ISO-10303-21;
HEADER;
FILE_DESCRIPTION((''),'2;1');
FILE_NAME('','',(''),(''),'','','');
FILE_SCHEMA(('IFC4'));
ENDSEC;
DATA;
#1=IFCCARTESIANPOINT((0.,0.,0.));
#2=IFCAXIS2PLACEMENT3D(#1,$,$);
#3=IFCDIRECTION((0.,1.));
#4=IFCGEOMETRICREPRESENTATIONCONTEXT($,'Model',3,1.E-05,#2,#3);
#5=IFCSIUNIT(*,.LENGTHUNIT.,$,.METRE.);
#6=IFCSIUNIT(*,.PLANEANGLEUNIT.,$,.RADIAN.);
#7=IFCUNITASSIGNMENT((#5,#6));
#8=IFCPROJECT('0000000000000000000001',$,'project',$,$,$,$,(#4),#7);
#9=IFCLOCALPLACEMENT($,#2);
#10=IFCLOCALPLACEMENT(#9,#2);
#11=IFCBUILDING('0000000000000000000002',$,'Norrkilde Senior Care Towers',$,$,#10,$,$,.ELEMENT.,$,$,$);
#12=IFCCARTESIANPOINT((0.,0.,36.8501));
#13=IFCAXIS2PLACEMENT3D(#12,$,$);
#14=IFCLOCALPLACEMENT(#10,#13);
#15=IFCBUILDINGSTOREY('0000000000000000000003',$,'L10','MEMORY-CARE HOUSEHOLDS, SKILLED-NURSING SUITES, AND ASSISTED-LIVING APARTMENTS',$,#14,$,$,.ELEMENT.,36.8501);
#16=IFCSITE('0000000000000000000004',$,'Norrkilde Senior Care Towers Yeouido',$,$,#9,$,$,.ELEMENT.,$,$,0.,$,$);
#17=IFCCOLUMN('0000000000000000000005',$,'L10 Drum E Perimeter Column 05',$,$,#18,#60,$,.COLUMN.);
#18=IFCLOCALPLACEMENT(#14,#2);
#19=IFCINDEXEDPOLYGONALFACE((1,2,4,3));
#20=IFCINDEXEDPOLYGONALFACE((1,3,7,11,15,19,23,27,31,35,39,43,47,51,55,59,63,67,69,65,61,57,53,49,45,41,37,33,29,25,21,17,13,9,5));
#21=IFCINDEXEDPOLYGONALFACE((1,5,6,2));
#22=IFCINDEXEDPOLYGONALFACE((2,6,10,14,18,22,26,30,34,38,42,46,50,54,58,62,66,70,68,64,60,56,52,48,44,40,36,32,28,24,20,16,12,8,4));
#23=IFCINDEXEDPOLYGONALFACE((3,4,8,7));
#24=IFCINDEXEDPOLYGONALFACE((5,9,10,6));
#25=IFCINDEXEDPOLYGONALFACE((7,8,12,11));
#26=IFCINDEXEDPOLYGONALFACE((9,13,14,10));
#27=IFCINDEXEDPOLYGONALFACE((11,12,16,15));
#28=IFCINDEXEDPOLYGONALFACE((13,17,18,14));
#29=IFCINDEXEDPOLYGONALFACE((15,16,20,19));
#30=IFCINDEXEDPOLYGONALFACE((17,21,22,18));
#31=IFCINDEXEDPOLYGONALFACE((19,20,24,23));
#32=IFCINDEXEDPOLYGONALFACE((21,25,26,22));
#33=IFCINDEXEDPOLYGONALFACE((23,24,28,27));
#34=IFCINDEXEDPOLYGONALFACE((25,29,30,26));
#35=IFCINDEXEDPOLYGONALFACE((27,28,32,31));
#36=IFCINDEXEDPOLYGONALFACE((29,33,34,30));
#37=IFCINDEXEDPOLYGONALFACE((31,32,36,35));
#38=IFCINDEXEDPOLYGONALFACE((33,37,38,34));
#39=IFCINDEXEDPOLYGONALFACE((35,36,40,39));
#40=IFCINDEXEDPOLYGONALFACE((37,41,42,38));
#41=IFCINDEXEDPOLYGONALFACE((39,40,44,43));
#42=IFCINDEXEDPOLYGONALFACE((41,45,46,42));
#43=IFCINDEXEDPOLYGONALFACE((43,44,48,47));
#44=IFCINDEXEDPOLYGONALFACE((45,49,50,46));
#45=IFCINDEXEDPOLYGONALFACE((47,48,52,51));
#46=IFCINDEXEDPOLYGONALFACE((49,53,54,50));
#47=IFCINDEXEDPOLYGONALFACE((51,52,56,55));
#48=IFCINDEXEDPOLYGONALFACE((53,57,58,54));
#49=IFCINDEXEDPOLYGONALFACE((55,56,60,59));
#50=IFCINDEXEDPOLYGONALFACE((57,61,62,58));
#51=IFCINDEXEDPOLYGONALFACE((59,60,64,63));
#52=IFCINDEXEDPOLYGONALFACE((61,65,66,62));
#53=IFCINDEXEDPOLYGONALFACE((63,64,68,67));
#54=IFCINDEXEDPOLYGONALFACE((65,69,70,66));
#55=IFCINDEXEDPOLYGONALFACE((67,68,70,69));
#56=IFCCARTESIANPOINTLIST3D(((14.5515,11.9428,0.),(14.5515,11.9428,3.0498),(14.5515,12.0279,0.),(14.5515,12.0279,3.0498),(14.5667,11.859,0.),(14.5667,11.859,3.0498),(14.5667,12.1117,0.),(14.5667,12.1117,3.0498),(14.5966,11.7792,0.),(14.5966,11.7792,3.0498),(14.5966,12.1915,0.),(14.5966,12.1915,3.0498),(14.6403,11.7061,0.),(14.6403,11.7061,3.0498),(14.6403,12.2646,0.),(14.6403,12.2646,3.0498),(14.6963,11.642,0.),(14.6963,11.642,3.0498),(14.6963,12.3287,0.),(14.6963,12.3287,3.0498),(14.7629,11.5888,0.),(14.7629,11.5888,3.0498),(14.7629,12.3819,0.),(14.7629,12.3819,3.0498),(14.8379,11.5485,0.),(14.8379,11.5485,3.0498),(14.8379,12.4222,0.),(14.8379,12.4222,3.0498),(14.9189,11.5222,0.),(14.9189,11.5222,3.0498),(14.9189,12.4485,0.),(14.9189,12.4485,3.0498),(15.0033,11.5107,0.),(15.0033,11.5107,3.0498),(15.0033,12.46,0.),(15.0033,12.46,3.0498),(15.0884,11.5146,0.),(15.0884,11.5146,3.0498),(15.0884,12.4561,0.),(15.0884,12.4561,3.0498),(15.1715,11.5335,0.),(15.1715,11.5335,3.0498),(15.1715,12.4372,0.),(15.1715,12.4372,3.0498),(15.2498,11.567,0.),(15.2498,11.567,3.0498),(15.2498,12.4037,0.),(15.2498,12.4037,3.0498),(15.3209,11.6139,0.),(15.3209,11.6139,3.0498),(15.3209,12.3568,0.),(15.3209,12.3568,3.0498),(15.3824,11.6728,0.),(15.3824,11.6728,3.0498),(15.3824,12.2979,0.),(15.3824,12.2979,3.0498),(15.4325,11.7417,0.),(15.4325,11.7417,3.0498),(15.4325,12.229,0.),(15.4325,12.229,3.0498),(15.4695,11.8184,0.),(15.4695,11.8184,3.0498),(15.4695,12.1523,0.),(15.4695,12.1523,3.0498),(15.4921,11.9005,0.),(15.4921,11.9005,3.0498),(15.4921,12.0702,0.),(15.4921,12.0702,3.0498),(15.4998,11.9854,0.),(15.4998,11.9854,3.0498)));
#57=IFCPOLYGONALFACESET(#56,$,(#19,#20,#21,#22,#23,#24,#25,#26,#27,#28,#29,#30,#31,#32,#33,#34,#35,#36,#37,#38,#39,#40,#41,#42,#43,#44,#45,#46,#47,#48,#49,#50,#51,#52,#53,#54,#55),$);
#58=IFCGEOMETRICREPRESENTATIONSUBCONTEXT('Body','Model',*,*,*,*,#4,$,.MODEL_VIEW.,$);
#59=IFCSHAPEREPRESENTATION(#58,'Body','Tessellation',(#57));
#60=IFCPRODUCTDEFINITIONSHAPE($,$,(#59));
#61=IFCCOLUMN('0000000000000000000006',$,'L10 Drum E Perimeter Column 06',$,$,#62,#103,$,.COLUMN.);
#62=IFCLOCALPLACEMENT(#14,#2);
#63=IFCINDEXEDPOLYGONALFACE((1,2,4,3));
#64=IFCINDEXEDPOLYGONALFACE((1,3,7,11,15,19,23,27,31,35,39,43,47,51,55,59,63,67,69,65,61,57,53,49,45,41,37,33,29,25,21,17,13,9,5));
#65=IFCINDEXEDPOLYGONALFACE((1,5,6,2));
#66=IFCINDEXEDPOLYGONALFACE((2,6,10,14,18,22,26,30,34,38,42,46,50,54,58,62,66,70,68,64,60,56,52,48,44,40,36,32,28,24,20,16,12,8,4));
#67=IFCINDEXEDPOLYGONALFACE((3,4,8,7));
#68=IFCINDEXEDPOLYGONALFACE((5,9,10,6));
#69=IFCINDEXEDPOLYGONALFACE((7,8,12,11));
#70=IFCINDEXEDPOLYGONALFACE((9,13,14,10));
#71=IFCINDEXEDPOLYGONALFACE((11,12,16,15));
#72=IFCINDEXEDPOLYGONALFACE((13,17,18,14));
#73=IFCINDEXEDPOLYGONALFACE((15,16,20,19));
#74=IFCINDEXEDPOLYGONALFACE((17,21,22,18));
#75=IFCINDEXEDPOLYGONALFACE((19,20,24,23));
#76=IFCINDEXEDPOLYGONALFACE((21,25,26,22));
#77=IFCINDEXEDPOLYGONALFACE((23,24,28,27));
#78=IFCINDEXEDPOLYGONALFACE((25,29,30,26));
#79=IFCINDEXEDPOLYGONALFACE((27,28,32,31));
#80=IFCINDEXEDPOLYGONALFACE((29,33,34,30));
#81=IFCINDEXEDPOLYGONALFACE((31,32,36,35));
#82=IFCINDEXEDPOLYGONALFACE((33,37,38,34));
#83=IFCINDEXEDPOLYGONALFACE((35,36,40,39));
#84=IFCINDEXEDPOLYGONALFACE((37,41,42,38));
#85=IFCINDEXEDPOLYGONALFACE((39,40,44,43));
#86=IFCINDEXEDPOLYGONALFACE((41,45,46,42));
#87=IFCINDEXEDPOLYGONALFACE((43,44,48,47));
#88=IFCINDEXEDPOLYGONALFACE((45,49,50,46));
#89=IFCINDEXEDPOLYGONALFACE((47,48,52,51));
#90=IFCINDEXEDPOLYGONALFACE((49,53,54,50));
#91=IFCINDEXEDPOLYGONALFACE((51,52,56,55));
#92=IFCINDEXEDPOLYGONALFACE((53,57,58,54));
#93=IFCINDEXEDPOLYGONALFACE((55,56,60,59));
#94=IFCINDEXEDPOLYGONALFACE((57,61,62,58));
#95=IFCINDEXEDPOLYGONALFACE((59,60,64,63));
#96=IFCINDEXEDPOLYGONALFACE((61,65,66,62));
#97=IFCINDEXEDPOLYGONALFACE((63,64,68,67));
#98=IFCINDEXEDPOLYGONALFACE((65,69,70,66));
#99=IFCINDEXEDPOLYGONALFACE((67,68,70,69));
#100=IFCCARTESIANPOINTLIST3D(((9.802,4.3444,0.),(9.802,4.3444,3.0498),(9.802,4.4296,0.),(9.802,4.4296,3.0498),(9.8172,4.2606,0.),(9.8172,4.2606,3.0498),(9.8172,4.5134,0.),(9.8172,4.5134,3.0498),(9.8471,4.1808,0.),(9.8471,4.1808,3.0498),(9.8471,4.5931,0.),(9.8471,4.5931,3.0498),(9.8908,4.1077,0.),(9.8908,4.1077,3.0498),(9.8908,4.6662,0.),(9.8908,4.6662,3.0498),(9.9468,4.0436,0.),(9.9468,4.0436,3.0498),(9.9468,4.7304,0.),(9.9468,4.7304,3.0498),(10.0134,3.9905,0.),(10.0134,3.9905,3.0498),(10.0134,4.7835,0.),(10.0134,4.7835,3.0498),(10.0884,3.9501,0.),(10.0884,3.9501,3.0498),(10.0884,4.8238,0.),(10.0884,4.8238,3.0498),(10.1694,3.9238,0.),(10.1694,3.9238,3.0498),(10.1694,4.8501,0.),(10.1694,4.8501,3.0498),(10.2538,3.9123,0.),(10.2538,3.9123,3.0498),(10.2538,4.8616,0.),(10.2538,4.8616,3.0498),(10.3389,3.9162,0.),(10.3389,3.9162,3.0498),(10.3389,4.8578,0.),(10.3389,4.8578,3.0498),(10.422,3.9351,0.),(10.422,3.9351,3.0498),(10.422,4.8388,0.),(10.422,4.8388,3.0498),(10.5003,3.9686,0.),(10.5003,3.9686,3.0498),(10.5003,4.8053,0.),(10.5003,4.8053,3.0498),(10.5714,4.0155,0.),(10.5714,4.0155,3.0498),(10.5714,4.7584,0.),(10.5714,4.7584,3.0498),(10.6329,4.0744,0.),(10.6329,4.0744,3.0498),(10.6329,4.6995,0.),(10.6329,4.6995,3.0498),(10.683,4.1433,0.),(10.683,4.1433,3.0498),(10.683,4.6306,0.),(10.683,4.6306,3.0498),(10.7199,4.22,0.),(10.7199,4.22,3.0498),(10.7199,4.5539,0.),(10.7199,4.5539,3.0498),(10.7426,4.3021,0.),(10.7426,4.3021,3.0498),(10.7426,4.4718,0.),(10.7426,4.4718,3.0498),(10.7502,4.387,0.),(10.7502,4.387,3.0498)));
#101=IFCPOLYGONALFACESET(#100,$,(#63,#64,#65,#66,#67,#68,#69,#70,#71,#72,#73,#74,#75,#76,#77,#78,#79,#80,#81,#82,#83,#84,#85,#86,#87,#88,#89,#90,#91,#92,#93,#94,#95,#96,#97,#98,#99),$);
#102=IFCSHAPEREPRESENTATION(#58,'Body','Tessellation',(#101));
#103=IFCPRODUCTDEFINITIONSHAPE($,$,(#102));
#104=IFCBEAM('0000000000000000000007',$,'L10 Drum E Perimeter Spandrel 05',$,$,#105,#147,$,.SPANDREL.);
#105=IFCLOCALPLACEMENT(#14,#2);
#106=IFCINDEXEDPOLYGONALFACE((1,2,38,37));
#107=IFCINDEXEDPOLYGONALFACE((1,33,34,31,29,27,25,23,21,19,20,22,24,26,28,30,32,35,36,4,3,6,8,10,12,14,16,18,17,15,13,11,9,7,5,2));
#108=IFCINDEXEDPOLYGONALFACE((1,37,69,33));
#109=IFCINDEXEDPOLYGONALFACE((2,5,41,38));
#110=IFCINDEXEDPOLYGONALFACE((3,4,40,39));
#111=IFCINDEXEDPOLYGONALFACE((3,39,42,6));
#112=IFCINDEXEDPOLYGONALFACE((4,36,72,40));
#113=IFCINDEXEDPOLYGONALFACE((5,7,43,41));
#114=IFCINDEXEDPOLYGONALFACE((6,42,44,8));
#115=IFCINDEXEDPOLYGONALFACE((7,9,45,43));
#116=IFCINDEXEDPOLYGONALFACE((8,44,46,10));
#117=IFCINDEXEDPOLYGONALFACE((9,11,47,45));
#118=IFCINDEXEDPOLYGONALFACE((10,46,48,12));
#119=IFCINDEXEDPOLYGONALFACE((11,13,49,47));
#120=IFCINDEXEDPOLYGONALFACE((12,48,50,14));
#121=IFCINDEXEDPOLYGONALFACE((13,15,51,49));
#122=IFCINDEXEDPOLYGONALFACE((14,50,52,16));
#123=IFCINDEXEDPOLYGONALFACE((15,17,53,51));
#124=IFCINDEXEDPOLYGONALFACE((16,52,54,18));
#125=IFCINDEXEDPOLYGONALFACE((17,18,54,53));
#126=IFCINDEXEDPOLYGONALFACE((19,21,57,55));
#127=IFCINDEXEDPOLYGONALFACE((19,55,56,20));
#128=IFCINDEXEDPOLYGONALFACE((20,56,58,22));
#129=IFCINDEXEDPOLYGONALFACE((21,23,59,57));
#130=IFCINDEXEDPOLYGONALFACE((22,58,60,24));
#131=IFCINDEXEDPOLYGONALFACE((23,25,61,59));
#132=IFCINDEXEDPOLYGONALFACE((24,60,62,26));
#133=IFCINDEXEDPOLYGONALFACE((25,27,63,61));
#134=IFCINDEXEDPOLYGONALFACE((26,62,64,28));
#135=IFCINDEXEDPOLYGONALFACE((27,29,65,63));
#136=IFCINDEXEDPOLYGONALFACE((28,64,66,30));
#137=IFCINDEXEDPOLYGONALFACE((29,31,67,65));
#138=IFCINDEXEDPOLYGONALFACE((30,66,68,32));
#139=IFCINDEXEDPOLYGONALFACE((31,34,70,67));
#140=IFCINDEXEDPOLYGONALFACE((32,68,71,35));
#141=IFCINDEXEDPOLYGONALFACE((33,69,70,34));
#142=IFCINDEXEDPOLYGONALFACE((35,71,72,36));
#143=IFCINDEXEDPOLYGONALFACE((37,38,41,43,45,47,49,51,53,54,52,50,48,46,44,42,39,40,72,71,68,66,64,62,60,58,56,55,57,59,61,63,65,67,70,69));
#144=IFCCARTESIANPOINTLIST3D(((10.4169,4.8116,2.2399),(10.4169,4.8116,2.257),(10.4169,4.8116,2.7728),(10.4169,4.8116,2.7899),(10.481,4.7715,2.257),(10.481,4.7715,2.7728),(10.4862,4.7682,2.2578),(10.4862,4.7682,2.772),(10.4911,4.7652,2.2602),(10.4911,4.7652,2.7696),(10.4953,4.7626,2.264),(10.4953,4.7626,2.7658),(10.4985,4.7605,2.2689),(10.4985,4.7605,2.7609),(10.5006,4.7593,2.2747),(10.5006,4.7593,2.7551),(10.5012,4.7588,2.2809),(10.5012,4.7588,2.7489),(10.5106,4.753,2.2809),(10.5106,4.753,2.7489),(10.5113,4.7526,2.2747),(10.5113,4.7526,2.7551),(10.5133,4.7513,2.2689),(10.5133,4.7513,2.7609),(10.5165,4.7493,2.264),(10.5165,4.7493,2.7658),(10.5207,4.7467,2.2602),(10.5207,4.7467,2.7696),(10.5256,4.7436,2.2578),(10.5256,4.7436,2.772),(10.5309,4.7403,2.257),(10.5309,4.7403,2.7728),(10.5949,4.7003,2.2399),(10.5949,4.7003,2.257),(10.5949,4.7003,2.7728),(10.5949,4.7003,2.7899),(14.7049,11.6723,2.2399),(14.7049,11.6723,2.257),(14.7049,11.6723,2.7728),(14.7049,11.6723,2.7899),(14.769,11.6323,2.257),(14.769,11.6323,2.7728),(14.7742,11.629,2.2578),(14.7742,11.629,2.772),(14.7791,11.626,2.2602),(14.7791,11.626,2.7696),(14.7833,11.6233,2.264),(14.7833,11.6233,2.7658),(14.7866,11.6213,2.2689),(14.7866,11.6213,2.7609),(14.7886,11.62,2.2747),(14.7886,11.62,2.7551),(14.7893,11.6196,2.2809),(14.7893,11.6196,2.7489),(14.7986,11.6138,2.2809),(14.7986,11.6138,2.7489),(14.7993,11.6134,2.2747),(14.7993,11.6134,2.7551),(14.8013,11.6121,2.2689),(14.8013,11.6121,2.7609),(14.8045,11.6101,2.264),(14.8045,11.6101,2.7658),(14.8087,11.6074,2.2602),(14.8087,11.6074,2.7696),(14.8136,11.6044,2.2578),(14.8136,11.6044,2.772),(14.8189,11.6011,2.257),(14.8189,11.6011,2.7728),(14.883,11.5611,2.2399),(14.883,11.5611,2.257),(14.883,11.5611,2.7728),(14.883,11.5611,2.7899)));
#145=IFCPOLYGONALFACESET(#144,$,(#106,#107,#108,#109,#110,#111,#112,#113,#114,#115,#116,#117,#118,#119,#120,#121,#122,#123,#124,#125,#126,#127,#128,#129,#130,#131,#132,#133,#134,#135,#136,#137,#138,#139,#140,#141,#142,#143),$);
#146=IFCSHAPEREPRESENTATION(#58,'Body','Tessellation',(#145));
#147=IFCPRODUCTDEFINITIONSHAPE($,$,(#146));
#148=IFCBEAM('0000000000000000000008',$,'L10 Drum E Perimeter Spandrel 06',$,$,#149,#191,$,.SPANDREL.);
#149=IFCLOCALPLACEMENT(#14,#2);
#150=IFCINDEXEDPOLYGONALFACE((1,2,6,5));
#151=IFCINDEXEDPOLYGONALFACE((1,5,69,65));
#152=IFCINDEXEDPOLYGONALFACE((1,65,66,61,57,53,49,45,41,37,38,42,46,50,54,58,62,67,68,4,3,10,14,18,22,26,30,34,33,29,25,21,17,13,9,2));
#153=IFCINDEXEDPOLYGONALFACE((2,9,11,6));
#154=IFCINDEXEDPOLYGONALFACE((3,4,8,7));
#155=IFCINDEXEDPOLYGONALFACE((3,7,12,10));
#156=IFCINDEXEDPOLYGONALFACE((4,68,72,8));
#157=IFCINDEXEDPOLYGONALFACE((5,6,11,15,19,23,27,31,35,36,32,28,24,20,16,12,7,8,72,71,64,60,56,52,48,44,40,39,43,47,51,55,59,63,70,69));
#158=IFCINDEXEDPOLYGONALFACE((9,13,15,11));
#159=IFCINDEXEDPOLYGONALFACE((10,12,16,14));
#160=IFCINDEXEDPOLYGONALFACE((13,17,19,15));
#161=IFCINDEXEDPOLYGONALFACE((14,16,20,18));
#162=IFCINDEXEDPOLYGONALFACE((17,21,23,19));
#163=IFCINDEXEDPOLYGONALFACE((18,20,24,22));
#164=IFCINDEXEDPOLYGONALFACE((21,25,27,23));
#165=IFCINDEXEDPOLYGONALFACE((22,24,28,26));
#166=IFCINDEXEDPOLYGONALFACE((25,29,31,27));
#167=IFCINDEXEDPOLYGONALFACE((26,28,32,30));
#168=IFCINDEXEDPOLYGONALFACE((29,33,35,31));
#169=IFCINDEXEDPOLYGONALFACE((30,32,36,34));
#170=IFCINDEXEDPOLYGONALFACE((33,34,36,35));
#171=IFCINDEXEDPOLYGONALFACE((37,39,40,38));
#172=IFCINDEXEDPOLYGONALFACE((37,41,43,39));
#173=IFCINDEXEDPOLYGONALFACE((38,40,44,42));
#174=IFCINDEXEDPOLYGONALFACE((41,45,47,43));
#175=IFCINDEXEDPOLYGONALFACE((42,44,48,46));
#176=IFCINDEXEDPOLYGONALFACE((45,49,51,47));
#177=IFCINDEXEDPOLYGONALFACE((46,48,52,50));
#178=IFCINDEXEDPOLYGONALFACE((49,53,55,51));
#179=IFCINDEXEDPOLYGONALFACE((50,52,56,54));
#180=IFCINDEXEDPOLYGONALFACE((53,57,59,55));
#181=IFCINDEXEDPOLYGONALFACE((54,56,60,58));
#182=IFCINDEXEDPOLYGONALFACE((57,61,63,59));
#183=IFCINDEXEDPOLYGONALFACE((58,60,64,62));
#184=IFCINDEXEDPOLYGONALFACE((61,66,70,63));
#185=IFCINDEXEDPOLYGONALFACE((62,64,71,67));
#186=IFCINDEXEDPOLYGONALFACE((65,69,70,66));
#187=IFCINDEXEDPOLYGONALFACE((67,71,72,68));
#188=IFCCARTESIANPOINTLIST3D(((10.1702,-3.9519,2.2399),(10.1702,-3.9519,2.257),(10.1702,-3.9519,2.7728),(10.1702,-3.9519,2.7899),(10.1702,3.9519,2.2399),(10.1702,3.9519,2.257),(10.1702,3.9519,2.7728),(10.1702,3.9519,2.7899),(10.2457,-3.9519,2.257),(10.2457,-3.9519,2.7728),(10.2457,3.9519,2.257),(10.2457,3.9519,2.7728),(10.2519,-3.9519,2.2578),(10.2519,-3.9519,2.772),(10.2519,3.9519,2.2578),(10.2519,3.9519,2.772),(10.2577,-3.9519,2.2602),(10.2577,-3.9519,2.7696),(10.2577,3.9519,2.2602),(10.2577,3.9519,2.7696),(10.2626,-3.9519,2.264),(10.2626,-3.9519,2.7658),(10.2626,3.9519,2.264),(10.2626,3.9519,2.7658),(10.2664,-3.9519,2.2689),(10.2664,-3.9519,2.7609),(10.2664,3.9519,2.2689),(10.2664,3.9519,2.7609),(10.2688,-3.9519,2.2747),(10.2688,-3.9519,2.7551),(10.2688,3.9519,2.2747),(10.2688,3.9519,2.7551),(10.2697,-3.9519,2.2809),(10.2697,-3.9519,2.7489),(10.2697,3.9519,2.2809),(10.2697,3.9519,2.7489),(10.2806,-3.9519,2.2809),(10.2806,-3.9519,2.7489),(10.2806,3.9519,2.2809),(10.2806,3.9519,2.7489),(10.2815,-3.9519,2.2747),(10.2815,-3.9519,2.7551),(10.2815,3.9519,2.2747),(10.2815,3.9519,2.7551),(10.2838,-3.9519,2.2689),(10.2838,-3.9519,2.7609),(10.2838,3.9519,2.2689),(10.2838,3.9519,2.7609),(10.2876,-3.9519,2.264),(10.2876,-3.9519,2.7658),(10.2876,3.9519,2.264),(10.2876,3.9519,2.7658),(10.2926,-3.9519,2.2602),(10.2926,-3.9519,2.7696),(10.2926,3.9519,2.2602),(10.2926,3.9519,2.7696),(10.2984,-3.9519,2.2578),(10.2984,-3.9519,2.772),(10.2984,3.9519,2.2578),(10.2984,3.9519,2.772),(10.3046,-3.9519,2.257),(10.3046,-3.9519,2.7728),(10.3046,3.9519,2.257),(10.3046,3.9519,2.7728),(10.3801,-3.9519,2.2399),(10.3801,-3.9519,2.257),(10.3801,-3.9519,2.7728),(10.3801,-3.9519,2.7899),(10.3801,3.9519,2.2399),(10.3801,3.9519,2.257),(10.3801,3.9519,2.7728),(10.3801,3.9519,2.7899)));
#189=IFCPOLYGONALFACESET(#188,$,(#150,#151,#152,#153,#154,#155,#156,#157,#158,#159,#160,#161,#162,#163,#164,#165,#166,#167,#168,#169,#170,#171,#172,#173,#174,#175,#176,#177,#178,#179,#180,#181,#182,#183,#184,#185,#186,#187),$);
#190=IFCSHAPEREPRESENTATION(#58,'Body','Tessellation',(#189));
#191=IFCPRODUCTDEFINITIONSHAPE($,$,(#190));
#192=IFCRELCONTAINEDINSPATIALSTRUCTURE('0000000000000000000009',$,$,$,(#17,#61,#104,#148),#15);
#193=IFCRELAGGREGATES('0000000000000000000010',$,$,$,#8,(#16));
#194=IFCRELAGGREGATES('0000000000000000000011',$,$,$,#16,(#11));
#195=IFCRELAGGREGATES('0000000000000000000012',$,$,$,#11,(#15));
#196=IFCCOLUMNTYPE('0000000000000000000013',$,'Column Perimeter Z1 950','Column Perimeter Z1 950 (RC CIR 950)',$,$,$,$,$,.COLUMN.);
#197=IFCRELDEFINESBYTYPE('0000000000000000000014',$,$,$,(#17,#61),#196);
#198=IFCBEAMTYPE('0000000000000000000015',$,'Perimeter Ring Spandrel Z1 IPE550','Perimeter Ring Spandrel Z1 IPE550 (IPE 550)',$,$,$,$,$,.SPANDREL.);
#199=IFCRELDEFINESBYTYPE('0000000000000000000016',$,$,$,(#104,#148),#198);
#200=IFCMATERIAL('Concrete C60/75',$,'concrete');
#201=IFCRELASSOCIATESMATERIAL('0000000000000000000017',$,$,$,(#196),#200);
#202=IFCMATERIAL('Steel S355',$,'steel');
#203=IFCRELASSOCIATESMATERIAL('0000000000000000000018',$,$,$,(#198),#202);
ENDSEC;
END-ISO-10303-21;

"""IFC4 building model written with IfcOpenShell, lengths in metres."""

from ifc_helpers import new_model, si_unit, direction, frame, origin, origin_2d, place, context, subcontext, project, spatial, circle, i_section, extrude, source, transform, mapped, material, material_profile, profile_set, type_object, type_shapes, element, save


model = new_model("IFC4")

# Units and contexts
model_context = context("Model", 3, precision=1e-05, world=origin(), true_north=direction((0.0, 1.0)))
body_context = subcontext(model_context, "Body", "Model", "MODEL_VIEW")
ifc_project = project(units=[si_unit("LENGTHUNIT", "METRE"), si_unit("PLANEANGLEUNIT", "RADIAN")], contexts=[model_context])

# Site, building, storey
site_placement = place(None, origin())
site = spatial("IfcSite", under=ifc_project, at=site_placement, Name="Norrkilde Senior Care Towers Yeouido", CompositionType="ELEMENT", RefElevation=0.0)
building_placement = place(site_placement, origin())
building = spatial("IfcBuilding", under=site, at=building_placement, Name="Norrkilde Senior Care Towers", CompositionType="ELEMENT")
storey_placement = place(building_placement, frame((0.0, 0.0, 36.8501)))
storey = spatial("IfcBuildingStorey", under=building, at=storey_placement, Name="L10", Description="MEMORY-CARE HOUSEHOLDS, SKILLED-NURSING SUITES, AND ASSISTED-LIVING APARTMENTS", CompositionType="ELEMENT", Elevation=36.8501)

# Columns
ifc_material_1 = material(Name="Concrete C60/75", Category="concrete")
ifc_material_profile_1 = material_profile(ifc_material_1, circle(Radius=0.4751, at=origin_2d()), Name="RC CIR 950")
ifc_profile_set_1 = profile_set([ifc_material_profile_1], Name="Concrete C60/75")
column_type = type_object("IfcColumnType", Name="Column Perimeter Z1 950", Description="Column Perimeter Z1 950 (RC CIR 950)", PredefinedType="COLUMN", material=ifc_profile_set_1)
shared_shape_1 = source(origin(), body_context, "Body", "SweptSolid", [
    extrude(circle(Radius=0.4751, at=origin_2d()), origin(), (0.0, 0.0, 1.0), 3.0498),
])
type_shapes(column_type, [shared_shape_1])
for number, where, z_axis, x_axis, name in (
    (1, (15.0247, 11.9854, 0.0), (0.0, 0.0, 1.0), (1.0, 0.0, 0.0), "L10 Drum E Perimeter Column 05"),
    (2, (10.2751, 4.387, 0.0), (0.0, 0.0, 1.0), (1.0, 0.0, 0.0), "L10 Drum E Perimeter Column 06"),
):
    element("IfcColumn", number, at=place(storey_placement, frame(where, z_axis=z_axis, x_axis=x_axis)), inside=storey, type_object=column_type, Name=name, PredefinedType="COLUMN", context=body_context, shape_type="MappedRepresentation", body=[
        mapped(shared_shape_1, transform((0.0, 0.0, 0.0), x_axis=(1.0, 0.0, 0.0), y_axis=(0.0, 1.0, 0.0), z_axis=(0.0, 0.0, 1.0), scale=1.0)),
    ])

# Beams
ifc_material_2 = material(Name="Steel S355", Category="steel")
ifc_material_profile_2 = material_profile(ifc_material_2, i_section(OverallWidth=0.21, OverallDepth=0.55, WebThickness=0.011, FlangeThickness=0.0171, FilletRadius=0.0239, at=origin_2d()), Name="IPE 550")
ifc_profile_set_2 = profile_set([ifc_material_profile_2], Name="Steel S355")
beam_type = type_object("IfcBeamType", Name="Perimeter Ring Spandrel Z1 IPE550", Description="Perimeter Ring Spandrel Z1 IPE550 (IPE 550)", PredefinedType="SPANDREL", material=ifc_profile_set_2)
shared_shape_2 = source(origin(), body_context, "Body", "SweptSolid", [
    extrude(i_section(OverallWidth=0.21, OverallDepth=0.55, WebThickness=0.011, FlangeThickness=0.0171, FilletRadius=0.0239, at=origin_2d()), origin(), (0.0, 0.0, 1.0), 8.0906),
])
beam_1_placement = place(storey_placement, frame((14.7939, 11.6167, 2.5149), z_axis=(-0.530004, -0.847995, 0.0), x_axis=(0.847995, -0.530004, 0.0)))
element("IfcBeam", 3, at=beam_1_placement, inside=storey, type_object=beam_type, Name="L10 Drum E Perimeter Spandrel 05", PredefinedType="SPANDREL", context=body_context, shape_type="MappedRepresentation", body=[
    mapped(shared_shape_2, transform((0.0, 0.0, 0.0), x_axis=(1.0, 0.0, 0.0), y_axis=(0.0, 1.0, 0.0), z_axis=(0.0, 0.0, 1.0), scale=1.0)),
])
shared_shape_3 = source(origin(), body_context, "Body", "SweptSolid", [
    extrude(i_section(OverallWidth=0.21, OverallDepth=0.55, WebThickness=0.011, FlangeThickness=0.0171, FilletRadius=0.0239, at=origin_2d()), origin(), (0.0, 0.0, 1.0), 7.9038),
])
type_shapes(beam_type, [shared_shape_2, shared_shape_3])
beam_2_placement = place(storey_placement, frame((10.2751, 3.9519, 2.5149), z_axis=(0.0, -1.0, 0.0), x_axis=(1.0, 0.0, 0.0)))
element("IfcBeam", 4, at=beam_2_placement, inside=storey, type_object=beam_type, Name="L10 Drum E Perimeter Spandrel 06", PredefinedType="SPANDREL", context=body_context, shape_type="MappedRepresentation", body=[
    mapped(shared_shape_3, transform((0.0, 0.0, 0.0), x_axis=(1.0, 0.0, 0.0), y_axis=(0.0, 1.0, 0.0), z_axis=(0.0, 0.0, 1.0), scale=1.0)),
])

save(model, "model.ifc")
